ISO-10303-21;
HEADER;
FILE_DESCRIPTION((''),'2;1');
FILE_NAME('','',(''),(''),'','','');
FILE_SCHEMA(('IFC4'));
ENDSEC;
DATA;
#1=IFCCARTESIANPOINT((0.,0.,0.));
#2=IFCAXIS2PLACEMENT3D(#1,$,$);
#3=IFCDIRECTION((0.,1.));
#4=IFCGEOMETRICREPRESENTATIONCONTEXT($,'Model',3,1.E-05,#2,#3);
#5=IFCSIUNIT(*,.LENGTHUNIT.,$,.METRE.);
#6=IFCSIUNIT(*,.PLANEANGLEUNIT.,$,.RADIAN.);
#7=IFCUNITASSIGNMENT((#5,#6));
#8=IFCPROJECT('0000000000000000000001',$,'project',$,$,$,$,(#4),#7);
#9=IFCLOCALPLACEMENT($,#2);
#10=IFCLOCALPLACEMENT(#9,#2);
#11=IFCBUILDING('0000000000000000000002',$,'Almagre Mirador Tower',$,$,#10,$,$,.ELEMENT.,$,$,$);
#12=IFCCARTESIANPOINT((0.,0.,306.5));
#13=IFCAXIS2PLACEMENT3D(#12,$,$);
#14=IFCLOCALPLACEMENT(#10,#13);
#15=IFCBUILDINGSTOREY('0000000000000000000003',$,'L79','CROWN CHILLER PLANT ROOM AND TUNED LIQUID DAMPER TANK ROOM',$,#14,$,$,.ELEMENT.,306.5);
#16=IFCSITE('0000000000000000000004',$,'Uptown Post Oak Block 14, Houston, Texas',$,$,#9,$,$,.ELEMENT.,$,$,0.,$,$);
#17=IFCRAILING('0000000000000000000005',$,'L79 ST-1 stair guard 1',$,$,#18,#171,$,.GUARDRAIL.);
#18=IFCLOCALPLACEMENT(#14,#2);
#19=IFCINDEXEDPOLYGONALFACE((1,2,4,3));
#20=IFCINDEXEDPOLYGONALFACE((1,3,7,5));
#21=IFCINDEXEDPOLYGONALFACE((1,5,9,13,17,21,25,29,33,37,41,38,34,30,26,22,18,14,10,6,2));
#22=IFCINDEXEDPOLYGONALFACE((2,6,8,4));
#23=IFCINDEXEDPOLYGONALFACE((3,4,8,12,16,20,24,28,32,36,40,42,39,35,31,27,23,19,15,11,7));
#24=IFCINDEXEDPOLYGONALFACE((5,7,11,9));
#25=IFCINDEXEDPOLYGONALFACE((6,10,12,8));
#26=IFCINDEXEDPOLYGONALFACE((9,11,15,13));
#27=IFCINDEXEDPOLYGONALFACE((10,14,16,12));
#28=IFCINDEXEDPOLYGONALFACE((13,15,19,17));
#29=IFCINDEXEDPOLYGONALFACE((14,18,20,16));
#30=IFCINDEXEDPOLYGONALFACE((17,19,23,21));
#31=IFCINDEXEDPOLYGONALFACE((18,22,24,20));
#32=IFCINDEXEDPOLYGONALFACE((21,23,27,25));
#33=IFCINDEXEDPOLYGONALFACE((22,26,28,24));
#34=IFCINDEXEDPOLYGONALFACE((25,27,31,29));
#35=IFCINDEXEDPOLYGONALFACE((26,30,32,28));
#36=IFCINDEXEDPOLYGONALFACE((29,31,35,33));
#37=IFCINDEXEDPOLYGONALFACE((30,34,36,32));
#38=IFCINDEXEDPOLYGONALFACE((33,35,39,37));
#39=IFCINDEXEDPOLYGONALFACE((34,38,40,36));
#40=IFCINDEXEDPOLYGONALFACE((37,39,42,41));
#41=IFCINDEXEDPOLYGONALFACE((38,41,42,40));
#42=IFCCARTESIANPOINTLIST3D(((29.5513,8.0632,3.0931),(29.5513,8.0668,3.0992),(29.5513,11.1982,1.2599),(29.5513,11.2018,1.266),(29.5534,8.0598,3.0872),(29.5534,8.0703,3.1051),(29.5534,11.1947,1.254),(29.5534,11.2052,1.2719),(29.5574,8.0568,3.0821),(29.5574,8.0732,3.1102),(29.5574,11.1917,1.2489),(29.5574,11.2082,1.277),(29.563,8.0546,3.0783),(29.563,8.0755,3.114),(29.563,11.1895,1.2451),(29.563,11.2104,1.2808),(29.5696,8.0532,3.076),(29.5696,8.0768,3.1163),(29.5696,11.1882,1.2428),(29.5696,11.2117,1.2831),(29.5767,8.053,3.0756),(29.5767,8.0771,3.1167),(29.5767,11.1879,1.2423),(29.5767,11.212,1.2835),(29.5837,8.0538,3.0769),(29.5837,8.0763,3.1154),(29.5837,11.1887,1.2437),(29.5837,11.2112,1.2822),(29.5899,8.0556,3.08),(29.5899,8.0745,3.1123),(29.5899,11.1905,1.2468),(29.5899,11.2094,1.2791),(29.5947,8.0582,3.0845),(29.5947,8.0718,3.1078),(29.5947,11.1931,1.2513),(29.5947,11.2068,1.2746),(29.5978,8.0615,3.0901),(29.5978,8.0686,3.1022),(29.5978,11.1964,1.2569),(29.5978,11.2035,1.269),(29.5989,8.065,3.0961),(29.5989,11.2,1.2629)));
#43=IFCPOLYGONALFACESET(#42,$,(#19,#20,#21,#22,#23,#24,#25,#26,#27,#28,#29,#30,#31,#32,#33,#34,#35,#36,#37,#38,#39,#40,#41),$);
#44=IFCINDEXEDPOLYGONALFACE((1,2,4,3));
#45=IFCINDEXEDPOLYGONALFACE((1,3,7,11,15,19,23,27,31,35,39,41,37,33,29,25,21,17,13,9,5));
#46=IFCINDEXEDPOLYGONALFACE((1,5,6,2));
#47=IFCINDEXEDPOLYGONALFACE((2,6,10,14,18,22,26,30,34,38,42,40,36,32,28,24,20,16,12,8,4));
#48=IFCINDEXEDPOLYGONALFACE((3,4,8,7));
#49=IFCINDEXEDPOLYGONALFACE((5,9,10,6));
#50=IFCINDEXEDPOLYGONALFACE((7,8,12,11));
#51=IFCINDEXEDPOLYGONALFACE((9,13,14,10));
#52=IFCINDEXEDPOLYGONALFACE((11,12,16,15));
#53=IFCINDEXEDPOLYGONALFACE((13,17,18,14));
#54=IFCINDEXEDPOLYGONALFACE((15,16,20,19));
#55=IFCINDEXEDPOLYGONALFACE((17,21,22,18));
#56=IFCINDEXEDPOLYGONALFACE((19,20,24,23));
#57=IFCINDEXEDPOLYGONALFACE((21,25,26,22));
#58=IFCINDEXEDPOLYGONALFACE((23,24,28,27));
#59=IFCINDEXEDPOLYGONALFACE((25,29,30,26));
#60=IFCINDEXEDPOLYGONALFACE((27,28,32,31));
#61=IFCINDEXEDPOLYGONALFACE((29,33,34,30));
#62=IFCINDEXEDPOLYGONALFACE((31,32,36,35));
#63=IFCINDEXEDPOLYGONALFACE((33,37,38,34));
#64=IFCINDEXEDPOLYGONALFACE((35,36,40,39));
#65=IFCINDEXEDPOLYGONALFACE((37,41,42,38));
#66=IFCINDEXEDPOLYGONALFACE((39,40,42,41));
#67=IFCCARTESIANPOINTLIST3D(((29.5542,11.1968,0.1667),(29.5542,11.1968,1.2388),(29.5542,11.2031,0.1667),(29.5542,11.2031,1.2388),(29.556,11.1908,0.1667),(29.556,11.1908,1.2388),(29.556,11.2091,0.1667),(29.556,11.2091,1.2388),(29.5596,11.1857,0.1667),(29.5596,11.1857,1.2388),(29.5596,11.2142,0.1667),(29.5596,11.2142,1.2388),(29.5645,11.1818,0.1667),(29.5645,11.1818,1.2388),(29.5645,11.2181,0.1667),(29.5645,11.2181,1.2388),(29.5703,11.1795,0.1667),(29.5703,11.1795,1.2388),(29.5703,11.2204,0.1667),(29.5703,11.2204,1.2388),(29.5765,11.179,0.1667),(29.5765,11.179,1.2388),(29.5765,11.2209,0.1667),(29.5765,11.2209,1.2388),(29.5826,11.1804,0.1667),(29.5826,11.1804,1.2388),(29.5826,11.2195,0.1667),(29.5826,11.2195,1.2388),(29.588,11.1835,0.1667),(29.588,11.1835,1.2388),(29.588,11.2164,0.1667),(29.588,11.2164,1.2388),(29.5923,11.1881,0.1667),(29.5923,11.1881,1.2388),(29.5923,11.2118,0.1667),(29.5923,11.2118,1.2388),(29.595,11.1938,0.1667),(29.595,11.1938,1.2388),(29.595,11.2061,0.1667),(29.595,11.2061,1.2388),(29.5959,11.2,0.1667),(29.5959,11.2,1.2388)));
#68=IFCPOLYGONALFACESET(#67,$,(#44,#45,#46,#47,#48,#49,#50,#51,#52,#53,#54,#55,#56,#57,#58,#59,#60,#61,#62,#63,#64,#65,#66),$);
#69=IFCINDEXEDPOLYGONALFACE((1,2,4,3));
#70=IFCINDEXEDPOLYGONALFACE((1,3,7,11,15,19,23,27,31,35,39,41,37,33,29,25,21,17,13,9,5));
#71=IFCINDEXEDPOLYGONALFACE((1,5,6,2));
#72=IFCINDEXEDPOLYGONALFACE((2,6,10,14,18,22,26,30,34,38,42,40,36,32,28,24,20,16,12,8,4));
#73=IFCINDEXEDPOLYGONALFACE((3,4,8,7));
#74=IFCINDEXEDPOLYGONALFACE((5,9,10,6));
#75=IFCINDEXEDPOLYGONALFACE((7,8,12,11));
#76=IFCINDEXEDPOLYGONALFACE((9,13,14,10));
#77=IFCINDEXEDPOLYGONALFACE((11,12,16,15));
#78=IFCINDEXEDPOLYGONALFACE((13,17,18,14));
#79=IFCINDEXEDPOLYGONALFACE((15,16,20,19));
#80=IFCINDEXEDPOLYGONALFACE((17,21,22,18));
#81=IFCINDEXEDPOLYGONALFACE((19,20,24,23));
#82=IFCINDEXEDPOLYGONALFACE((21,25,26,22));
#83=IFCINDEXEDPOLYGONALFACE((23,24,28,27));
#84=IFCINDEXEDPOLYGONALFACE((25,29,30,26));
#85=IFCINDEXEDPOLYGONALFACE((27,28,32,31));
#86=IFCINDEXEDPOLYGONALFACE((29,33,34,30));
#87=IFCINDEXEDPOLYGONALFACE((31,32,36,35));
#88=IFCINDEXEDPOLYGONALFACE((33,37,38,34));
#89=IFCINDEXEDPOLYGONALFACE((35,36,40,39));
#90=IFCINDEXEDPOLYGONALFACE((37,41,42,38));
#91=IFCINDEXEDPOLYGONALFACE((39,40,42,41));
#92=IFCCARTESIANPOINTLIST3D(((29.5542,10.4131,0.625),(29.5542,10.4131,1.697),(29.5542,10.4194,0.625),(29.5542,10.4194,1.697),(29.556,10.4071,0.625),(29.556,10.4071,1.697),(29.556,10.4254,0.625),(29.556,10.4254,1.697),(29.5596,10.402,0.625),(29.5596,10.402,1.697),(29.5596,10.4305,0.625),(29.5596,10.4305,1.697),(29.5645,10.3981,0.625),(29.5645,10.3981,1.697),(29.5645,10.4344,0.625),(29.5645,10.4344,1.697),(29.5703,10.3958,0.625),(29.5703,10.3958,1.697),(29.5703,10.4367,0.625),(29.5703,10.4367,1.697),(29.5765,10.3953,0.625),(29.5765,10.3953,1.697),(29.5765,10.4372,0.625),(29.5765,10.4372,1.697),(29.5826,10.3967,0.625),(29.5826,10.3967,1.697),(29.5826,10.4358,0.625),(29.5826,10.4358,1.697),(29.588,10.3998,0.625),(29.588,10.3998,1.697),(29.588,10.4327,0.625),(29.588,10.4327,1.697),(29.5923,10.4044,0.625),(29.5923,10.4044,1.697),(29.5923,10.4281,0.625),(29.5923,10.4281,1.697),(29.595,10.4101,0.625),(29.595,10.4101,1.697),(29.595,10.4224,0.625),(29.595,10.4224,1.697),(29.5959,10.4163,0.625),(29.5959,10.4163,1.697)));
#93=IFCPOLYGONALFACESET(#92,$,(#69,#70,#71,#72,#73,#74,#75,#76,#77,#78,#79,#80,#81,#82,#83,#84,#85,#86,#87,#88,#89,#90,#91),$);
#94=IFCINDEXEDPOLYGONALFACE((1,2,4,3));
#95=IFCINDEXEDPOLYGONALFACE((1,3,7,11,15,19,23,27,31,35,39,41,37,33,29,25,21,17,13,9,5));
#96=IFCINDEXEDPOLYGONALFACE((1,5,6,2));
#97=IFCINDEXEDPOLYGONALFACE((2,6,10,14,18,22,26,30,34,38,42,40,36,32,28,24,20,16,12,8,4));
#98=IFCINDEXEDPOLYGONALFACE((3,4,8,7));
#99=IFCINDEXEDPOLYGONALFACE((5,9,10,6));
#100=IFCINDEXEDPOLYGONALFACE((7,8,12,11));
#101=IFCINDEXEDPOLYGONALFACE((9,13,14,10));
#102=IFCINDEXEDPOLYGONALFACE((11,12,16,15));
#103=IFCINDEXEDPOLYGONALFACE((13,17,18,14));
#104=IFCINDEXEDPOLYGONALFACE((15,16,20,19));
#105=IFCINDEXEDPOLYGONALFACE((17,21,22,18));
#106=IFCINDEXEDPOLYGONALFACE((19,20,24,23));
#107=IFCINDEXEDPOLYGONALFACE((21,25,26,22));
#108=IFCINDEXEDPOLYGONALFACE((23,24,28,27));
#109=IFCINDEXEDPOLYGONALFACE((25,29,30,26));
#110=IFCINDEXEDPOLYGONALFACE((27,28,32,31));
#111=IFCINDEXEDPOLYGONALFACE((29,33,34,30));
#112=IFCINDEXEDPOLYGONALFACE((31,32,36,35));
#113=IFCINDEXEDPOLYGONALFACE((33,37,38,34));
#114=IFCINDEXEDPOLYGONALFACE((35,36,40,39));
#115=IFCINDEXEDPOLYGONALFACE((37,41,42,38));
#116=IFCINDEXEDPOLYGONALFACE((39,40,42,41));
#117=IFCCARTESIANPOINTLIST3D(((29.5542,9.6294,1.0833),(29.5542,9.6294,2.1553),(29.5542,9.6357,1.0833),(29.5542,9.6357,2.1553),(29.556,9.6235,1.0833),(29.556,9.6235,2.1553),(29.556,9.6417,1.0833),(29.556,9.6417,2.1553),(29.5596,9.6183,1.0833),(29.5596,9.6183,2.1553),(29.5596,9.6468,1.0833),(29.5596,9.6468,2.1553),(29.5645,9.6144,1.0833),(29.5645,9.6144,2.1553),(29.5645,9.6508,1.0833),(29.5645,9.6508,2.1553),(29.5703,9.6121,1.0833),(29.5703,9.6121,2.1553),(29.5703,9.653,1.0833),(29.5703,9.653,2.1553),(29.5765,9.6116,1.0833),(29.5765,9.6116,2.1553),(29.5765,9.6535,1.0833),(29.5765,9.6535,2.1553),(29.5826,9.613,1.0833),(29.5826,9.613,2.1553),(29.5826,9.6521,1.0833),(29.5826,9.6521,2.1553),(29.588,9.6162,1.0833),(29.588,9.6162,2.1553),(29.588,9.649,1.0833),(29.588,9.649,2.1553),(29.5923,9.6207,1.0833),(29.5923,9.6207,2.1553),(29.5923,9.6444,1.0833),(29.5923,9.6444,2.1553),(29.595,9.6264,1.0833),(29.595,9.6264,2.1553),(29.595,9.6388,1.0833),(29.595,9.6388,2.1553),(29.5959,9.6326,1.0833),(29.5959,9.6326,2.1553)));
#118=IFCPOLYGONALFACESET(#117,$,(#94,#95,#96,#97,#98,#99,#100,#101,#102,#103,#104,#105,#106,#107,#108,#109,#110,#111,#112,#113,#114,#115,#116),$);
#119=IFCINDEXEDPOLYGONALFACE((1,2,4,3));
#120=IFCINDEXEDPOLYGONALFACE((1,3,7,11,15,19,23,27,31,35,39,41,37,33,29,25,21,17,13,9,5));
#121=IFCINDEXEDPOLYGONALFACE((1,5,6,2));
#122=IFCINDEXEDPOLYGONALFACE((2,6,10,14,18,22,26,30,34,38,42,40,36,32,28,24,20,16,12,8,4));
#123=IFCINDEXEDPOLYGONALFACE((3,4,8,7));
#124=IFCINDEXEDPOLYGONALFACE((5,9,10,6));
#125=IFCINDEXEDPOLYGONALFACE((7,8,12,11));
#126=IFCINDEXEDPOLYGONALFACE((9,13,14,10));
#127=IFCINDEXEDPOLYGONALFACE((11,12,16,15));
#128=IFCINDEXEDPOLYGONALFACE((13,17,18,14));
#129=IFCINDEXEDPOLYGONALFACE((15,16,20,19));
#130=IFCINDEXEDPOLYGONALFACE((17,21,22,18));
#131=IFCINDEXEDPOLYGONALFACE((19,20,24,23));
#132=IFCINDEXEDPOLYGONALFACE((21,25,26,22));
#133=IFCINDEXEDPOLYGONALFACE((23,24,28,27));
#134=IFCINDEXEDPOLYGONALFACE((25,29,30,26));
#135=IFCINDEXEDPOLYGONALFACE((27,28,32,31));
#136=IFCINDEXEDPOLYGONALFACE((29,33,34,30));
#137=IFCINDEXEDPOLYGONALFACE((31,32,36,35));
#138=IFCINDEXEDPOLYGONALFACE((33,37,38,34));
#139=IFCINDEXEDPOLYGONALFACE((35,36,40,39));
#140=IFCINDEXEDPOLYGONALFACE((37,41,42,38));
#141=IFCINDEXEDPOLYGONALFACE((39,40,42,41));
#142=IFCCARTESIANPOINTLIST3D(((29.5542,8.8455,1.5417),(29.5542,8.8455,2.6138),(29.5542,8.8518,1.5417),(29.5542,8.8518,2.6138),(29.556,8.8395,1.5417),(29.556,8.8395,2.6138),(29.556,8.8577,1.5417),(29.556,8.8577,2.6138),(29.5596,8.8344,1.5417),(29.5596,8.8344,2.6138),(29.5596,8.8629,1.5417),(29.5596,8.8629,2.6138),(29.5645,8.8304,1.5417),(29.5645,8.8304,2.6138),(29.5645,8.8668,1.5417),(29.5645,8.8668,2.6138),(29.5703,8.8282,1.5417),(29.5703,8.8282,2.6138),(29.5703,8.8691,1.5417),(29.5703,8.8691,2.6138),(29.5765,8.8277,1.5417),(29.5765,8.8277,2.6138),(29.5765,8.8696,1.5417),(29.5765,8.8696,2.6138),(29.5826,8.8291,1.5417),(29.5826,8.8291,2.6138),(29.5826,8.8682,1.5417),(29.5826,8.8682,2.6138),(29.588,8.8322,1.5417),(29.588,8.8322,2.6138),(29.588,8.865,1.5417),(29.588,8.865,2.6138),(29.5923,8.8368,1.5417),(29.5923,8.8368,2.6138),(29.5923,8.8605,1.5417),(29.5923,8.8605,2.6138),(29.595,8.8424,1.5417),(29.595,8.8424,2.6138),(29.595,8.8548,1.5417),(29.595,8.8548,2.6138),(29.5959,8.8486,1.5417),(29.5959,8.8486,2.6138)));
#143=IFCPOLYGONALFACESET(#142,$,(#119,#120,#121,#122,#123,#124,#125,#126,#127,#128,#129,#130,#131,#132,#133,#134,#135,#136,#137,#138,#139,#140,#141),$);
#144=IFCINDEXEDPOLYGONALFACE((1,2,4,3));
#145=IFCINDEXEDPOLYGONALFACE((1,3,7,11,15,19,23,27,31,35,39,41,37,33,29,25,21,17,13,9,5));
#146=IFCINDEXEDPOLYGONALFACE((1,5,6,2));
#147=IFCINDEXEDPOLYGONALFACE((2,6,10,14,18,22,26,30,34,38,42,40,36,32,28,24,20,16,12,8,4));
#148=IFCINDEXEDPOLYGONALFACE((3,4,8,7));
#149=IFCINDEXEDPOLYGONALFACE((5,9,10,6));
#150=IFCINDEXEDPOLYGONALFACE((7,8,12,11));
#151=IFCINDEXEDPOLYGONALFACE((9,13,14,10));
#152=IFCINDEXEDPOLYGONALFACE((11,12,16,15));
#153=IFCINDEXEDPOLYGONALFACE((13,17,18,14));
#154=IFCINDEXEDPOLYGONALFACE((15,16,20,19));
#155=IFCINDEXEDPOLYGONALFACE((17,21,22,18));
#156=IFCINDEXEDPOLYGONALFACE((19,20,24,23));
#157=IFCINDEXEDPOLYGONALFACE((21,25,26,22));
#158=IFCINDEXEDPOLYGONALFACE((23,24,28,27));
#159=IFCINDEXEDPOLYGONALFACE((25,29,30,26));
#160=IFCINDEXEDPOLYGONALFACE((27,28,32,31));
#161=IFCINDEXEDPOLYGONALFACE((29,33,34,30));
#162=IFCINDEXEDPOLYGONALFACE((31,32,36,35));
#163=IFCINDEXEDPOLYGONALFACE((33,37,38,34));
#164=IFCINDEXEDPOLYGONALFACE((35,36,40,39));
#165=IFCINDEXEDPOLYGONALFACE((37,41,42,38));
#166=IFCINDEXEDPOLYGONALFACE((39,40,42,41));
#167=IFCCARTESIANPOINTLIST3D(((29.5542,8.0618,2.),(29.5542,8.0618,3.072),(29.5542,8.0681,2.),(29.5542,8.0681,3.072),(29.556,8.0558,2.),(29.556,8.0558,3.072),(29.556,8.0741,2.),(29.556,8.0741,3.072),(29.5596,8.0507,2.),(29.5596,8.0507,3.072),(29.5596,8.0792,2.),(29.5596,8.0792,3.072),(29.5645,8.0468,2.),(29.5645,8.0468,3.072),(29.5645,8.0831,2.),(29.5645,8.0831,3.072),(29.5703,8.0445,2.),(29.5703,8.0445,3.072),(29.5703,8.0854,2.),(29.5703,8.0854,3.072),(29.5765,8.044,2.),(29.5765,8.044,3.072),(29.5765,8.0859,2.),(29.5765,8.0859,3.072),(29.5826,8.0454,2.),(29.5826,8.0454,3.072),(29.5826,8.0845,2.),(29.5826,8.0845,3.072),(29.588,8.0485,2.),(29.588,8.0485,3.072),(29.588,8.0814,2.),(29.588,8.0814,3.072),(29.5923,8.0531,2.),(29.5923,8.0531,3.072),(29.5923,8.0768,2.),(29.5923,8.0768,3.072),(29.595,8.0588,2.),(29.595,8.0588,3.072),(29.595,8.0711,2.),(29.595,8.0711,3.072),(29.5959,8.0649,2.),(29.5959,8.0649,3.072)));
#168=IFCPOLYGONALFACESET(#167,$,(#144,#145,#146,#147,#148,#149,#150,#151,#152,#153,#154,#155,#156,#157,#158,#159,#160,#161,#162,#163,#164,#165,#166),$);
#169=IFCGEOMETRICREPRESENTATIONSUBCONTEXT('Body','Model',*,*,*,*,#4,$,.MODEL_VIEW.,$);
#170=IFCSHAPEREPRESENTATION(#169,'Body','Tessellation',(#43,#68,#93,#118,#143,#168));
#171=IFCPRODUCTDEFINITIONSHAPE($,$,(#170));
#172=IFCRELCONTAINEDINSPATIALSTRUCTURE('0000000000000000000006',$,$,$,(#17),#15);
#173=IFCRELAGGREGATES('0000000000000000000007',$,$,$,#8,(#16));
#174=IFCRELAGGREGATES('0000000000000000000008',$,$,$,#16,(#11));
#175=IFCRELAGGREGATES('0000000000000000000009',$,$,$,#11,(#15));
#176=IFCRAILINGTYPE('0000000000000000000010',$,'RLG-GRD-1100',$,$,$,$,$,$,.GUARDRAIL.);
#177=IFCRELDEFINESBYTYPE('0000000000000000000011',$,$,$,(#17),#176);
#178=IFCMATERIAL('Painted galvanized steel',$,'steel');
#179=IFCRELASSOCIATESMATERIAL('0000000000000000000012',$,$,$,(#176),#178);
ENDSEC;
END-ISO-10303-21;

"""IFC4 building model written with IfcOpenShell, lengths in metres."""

from ifc_helpers import new_model, si_unit, direction, frame, origin, origin_2d, place, context, subcontext, project, spatial, circle, extrude, material, type_object, element, save


model = new_model("IFC4")

# Units and contexts
model_context = context("Model", 3, precision=1e-05, world=origin(), true_north=direction((0.0, 1.0)))
body_context = subcontext(model_context, "Body", "Model", "MODEL_VIEW")
ifc_project = project(units=[si_unit("LENGTHUNIT", "METRE"), si_unit("PLANEANGLEUNIT", "RADIAN")], contexts=[model_context])

# Site, building, storey
site_placement = place(None, origin())
site = spatial("IfcSite", under=ifc_project, at=site_placement, Name="Uptown Post Oak Block 14, Houston, Texas", CompositionType="ELEMENT", RefElevation=0.0)
building_placement = place(site_placement, origin())
building = spatial("IfcBuilding", under=site, at=building_placement, Name="Almagre Mirador Tower", CompositionType="ELEMENT")
storey_placement = place(building_placement, frame((0.0, 0.0, 306.5)))
storey = spatial("IfcBuildingStorey", under=building, at=storey_placement, Name="L79", Description="CROWN CHILLER PLANT ROOM AND TUNED LIQUID DAMPER TANK ROOM", CompositionType="ELEMENT", Elevation=306.5)

# Railing
ifc_material_1 = material(Name="Painted galvanized steel", Category="steel")
railing_type_1 = type_object("IfcRailingType", Name="RLG-GRD-1100", PredefinedType="GUARDRAIL", material=ifc_material_1)
railing_1_placement = place(storey_placement, frame((29.575, 11.2, 0.1667)))
element("IfcRailing", 1, at=railing_1_placement, inside=storey, type_object=railing_type_1, Name="L79 ST-1 stair guard 1", PredefinedType="GUARDRAIL", context=body_context, shape_type="SweptSolid", body=[
    extrude(circle(Radius=0.0239, at=origin_2d()), frame((0.0, 0.0, 1.0962), z_axis=(0.0, -0.86324, 0.504794), x_axis=(1.0, 0.0, 0.0)), (0.0, 0.0, 1.0), 3.6316),
    extrude(circle(Radius=0.021, at=origin_2d()), origin(), (0.0, 0.0, 1.0), 1.072),
    extrude(circle(Radius=0.021, at=origin_2d()), frame((0.0, -0.7837, 0.4583)), (0.0, 0.0, 1.0), 1.072),
    extrude(circle(Radius=0.021, at=origin_2d()), frame((0.0, -1.5674, 0.9165)), (0.0, 0.0, 1.0), 1.072),
    extrude(circle(Radius=0.021, at=origin_2d()), frame((0.0, -2.3513, 1.375)), (0.0, 0.0, 1.0), 1.072),
    extrude(circle(Radius=0.021, at=origin_2d()), frame((0.0, -3.135, 1.8333)), (0.0, 0.0, 1.0), 1.072),
])

save(model, "model.ifc")
